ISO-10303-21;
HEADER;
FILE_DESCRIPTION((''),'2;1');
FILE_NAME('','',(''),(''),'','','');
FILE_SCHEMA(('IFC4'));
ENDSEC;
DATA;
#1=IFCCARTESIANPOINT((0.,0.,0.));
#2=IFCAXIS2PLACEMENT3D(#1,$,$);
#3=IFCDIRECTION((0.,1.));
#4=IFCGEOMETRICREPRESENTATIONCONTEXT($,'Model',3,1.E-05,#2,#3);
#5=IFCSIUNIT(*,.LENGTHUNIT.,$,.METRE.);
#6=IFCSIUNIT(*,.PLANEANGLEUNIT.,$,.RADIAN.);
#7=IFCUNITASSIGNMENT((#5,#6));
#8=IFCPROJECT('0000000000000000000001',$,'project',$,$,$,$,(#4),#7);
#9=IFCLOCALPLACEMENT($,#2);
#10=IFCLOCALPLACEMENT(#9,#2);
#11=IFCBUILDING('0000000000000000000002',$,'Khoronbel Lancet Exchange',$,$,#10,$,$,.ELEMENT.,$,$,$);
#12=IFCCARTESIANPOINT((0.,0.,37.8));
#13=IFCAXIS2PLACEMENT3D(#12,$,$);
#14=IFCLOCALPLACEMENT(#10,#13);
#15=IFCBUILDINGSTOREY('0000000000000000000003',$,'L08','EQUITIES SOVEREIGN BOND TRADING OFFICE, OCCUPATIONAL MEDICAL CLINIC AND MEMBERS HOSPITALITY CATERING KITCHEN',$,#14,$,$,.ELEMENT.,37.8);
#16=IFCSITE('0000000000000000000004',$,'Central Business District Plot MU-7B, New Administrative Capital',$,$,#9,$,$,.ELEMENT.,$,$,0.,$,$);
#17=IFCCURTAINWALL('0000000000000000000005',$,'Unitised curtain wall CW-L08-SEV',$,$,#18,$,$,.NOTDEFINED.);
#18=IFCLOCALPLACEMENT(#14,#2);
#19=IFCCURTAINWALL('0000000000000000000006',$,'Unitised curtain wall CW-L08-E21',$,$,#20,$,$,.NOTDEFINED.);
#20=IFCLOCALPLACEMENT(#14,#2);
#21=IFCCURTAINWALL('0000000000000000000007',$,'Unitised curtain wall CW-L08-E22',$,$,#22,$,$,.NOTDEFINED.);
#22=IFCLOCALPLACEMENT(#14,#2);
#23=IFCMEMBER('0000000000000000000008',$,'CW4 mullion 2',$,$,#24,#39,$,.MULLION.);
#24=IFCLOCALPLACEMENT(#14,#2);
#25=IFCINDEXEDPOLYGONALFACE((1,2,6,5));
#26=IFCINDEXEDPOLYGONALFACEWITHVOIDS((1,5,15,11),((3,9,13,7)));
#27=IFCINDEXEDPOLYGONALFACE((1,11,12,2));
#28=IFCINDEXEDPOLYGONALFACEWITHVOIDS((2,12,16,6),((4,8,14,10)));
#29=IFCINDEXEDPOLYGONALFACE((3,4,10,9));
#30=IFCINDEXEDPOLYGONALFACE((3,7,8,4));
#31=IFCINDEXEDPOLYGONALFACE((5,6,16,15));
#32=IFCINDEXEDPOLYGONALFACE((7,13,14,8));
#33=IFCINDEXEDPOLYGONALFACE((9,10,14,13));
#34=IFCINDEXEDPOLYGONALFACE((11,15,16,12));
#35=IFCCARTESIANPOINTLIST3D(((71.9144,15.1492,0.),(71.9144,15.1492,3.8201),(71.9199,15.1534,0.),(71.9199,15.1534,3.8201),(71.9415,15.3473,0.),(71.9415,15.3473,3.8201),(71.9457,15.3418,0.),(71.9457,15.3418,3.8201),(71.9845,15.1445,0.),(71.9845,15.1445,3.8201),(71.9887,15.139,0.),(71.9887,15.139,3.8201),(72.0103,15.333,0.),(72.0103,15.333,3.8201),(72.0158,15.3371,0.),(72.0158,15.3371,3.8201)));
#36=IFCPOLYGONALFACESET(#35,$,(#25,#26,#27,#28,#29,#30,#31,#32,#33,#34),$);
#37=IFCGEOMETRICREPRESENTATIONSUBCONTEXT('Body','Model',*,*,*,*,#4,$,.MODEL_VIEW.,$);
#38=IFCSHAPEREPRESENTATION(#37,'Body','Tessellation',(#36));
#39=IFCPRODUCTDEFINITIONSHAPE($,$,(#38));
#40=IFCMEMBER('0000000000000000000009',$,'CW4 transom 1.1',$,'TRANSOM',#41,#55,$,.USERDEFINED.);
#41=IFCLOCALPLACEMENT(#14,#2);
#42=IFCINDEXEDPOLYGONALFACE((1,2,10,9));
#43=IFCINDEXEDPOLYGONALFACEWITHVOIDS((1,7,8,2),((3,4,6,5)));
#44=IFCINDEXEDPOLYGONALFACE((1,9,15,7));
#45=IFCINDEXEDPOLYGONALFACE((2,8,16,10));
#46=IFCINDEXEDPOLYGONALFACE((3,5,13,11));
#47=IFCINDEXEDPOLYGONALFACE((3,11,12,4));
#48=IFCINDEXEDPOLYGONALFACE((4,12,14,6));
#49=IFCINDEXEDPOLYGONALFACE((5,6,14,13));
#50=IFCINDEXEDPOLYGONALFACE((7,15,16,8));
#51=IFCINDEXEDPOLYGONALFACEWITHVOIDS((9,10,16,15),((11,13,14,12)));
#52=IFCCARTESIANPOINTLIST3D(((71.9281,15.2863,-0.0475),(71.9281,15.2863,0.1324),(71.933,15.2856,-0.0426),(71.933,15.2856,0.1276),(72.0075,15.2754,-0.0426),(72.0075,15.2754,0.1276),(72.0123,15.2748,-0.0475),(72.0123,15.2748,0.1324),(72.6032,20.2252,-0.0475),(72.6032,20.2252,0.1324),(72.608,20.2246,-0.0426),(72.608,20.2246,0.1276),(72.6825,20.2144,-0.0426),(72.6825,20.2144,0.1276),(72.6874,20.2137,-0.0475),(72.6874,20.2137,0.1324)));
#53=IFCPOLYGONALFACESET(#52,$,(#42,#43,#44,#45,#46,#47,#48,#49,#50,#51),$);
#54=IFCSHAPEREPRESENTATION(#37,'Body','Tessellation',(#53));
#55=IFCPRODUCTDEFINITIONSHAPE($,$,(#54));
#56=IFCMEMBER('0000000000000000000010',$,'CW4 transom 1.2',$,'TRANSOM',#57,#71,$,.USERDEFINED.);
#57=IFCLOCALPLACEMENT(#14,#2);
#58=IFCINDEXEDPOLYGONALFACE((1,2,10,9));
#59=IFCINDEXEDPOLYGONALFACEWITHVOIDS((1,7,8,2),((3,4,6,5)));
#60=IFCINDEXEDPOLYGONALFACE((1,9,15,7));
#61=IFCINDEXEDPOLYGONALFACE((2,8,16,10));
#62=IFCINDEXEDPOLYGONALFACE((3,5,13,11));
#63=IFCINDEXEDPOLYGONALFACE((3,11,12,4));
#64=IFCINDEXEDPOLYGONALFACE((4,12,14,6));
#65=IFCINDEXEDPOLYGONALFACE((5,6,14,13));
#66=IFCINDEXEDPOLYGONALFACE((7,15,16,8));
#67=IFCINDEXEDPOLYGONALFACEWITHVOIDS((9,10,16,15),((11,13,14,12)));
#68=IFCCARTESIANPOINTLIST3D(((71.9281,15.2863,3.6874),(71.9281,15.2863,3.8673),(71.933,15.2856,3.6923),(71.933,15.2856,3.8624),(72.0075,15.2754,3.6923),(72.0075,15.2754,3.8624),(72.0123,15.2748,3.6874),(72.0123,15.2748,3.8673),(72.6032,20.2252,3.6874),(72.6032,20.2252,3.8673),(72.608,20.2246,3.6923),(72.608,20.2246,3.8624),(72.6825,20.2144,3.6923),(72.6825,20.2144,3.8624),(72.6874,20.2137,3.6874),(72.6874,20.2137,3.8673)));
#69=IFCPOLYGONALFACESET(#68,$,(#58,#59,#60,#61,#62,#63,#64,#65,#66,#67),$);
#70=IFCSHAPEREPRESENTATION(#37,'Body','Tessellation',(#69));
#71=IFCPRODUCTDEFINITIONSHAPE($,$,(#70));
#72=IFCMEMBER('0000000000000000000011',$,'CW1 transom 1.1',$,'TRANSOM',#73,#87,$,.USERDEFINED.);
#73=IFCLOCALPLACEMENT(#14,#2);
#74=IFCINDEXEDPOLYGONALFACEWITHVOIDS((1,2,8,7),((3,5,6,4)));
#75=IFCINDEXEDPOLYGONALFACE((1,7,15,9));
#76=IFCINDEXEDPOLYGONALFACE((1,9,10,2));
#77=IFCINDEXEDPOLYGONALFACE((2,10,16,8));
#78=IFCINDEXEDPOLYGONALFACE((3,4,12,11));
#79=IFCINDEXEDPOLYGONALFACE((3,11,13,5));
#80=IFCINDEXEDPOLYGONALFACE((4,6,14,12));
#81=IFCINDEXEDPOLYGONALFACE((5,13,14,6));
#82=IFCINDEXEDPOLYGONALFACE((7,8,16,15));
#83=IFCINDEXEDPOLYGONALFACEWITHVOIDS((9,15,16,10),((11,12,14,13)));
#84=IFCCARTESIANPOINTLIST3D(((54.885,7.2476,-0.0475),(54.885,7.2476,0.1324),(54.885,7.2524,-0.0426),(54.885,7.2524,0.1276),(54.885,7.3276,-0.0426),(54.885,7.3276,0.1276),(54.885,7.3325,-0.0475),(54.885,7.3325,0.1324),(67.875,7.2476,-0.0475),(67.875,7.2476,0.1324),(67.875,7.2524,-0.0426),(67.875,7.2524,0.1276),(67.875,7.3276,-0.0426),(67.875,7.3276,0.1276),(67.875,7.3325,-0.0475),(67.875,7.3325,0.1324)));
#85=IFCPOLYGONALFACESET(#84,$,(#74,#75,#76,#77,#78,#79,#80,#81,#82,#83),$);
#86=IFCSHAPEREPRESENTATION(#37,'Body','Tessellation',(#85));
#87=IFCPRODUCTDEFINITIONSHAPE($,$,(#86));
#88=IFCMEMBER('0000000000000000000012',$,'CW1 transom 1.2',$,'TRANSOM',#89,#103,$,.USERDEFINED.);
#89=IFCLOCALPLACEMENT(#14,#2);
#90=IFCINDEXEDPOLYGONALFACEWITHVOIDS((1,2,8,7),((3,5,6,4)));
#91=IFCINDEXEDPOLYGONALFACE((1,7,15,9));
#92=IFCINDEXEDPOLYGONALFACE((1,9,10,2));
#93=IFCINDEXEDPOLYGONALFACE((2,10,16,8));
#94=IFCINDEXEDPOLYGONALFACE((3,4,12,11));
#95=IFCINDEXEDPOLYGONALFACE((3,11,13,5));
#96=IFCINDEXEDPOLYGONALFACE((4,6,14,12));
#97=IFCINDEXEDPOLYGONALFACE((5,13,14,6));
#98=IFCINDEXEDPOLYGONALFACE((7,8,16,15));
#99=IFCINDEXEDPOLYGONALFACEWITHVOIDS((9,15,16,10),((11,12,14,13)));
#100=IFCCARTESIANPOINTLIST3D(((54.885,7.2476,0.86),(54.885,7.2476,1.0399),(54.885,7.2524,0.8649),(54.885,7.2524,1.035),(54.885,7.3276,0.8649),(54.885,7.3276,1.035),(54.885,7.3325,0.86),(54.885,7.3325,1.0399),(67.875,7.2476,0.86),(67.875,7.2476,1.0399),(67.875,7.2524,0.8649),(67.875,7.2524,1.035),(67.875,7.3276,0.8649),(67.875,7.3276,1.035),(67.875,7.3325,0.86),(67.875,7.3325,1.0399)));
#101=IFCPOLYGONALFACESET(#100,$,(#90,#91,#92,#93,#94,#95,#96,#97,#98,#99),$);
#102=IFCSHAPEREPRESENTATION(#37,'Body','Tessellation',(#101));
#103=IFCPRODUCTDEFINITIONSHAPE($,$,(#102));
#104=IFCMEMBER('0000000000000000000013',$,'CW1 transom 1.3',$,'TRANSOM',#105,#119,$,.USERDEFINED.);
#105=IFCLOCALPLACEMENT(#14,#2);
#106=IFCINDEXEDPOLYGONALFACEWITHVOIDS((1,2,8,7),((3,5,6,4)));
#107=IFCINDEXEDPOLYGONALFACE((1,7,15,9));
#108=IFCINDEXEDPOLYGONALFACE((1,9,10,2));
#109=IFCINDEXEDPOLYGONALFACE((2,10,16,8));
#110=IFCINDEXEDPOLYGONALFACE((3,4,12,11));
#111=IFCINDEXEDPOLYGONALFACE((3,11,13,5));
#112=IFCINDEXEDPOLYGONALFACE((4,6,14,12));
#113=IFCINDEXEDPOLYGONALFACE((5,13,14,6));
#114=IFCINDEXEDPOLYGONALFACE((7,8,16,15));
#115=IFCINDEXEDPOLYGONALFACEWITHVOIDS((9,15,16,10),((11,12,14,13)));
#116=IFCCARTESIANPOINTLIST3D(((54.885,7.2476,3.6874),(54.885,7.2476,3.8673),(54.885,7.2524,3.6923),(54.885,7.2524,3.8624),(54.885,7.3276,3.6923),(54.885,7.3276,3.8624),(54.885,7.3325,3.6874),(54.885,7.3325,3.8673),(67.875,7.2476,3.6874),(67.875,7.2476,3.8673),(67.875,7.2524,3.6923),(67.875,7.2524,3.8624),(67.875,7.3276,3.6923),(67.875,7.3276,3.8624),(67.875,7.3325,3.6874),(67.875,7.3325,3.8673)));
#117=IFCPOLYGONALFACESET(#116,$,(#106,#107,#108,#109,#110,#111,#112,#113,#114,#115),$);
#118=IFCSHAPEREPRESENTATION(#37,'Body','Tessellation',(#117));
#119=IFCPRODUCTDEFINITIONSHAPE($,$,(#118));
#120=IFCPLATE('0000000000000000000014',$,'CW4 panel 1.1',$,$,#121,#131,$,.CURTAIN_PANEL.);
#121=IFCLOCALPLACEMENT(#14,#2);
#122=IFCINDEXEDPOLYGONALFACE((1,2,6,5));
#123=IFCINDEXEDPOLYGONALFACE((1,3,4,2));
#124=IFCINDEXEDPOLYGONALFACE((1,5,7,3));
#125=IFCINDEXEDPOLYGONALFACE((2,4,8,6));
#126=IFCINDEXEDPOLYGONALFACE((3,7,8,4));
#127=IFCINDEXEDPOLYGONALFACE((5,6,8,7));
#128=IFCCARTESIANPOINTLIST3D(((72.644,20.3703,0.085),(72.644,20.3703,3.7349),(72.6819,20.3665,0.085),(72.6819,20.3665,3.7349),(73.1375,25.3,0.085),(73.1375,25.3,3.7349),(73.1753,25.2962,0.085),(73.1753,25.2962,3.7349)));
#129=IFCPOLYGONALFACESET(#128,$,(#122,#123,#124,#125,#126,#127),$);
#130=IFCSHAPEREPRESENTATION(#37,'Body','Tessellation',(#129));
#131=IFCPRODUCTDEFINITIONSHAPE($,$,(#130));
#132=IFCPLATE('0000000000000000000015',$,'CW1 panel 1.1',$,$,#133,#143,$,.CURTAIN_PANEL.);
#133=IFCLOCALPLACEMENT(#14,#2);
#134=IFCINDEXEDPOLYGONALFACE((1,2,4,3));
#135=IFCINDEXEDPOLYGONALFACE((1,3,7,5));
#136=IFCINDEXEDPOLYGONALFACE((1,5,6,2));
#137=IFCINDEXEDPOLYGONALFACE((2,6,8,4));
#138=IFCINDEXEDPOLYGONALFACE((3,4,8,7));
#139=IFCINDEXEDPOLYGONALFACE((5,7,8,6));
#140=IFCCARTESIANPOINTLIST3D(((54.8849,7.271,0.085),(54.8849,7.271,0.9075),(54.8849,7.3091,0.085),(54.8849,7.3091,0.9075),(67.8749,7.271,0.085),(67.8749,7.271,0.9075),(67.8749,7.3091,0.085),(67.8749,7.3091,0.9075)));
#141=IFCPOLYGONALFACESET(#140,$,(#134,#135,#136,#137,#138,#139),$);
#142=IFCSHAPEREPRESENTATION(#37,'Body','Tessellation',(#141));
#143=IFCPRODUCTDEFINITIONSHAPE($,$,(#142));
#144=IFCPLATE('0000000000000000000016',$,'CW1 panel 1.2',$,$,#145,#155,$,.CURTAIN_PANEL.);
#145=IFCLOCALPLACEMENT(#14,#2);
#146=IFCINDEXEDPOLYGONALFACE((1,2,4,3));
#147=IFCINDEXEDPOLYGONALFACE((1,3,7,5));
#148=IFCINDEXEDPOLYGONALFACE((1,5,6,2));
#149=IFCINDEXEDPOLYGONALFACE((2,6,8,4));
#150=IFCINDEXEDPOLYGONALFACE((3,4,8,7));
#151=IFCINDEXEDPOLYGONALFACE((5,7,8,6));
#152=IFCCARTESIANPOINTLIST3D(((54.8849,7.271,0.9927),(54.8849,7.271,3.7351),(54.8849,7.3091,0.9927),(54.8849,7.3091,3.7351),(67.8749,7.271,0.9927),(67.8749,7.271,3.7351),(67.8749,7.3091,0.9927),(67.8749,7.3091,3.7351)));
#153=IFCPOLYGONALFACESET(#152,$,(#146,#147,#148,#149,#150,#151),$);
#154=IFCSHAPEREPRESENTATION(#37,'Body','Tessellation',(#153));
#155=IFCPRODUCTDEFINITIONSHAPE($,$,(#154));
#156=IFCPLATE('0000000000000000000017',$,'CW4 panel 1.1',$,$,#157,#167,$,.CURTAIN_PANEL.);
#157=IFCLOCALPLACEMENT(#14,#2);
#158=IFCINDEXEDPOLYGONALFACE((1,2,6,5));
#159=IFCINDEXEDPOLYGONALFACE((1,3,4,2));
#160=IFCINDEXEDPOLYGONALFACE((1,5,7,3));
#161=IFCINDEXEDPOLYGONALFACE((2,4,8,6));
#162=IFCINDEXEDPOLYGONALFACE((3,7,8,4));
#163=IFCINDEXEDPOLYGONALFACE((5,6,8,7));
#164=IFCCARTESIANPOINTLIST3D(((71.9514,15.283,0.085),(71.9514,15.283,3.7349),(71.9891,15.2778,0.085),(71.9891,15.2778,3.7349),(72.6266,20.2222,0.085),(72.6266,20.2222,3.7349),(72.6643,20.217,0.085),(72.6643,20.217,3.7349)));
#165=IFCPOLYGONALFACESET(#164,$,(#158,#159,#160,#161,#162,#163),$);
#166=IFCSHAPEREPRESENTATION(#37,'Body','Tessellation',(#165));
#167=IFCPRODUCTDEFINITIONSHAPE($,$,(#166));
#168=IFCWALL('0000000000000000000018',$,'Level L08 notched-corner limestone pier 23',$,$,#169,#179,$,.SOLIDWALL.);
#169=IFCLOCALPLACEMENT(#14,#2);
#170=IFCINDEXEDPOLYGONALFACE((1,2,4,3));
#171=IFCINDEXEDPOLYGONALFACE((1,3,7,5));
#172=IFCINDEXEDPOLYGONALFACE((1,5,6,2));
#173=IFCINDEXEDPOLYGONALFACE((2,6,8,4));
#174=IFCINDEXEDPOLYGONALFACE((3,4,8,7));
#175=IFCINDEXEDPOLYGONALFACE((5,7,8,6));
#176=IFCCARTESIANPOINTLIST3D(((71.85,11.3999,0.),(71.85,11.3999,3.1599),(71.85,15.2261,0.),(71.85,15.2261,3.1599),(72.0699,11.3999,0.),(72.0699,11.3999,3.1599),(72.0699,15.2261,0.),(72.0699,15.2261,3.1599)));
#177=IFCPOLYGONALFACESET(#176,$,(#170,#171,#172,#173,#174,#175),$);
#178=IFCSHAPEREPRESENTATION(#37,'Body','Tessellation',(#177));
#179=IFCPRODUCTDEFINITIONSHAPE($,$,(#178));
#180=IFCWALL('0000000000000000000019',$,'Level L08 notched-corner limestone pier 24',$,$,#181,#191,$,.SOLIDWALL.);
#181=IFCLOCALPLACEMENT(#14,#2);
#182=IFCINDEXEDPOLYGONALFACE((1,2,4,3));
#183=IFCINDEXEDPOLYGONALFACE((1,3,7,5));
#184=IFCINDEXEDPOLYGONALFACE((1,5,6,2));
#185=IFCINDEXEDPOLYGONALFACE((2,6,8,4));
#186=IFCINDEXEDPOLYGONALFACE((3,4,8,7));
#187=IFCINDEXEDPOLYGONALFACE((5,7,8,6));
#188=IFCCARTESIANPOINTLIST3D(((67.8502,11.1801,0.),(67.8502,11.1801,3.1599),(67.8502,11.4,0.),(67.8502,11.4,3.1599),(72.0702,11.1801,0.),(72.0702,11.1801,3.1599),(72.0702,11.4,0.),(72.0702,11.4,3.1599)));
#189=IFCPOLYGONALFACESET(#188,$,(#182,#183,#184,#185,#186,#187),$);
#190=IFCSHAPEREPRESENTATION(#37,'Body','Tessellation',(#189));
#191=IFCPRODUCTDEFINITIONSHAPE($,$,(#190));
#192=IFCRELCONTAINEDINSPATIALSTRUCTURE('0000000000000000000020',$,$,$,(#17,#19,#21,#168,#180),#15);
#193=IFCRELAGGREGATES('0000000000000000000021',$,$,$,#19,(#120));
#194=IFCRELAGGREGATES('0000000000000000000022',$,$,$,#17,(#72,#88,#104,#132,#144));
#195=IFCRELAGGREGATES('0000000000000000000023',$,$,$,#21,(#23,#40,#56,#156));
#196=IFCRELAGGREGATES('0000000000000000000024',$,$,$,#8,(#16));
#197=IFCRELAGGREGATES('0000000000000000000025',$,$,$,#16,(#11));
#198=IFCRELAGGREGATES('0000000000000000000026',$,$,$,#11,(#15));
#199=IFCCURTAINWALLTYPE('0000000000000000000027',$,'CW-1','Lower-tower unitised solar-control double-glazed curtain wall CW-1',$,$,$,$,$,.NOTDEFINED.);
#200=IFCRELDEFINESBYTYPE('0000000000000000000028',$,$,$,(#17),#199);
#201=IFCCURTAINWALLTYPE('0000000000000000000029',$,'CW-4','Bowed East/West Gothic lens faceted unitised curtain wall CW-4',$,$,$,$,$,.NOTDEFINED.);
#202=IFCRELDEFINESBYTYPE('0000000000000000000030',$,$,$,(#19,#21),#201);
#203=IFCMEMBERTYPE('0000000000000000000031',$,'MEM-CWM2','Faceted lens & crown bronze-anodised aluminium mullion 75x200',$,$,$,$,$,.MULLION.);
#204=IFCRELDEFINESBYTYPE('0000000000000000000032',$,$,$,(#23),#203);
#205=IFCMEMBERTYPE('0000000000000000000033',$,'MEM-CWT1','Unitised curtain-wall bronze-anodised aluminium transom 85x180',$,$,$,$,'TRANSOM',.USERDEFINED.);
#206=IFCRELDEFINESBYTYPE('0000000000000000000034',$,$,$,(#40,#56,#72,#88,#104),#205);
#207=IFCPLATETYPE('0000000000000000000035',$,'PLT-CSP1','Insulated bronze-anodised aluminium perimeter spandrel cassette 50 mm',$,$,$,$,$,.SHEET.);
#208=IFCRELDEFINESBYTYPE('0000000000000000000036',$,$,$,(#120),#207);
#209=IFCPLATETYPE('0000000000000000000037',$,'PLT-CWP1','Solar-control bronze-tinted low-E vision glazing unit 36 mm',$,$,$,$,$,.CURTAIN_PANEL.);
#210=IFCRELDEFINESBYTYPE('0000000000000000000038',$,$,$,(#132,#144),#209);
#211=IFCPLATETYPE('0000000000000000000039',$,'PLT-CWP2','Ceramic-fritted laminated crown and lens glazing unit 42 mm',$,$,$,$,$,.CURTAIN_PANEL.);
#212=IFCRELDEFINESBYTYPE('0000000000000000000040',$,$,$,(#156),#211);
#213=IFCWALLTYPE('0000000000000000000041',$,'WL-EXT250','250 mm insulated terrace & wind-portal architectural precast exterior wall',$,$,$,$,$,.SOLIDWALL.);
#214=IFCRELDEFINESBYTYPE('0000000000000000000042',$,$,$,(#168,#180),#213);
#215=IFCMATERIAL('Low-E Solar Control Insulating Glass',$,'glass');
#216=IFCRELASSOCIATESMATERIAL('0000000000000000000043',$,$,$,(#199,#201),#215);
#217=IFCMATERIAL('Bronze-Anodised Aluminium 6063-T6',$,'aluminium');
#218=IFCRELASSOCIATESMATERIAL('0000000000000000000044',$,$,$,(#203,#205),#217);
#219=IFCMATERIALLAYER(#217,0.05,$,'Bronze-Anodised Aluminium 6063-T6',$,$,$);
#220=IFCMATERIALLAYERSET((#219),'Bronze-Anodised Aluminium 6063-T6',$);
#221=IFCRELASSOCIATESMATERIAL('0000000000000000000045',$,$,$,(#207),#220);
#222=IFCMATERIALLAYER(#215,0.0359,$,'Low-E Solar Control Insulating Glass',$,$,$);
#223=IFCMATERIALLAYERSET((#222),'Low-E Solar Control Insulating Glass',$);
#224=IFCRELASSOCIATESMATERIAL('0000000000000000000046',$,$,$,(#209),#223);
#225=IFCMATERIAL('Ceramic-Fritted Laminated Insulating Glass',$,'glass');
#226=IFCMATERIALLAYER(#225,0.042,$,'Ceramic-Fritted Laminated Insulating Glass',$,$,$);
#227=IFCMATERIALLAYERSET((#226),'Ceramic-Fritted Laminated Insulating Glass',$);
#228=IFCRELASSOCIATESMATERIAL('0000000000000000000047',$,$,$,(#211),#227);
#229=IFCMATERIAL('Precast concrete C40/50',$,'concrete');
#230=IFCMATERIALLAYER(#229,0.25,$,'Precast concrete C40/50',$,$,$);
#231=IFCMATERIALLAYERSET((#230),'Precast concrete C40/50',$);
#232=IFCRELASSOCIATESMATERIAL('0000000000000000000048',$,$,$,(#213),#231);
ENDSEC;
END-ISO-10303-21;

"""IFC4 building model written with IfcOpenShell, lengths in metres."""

from ifc_helpers import new_model, si_unit, direction, frame, frame_2d, origin, origin_2d, place, context, subcontext, project, spatial, rectangle, hollow_rectangle, extrude, material, layer, layer_set, material_profile, profile_set, type_object, element, aggregate, save


model = new_model("IFC4")

# Units and contexts
model_context = context("Model", 3, precision=1e-05, world=origin(), true_north=direction((0.0, 1.0)))
body_context = subcontext(model_context, "Body", "Model", "MODEL_VIEW")
ifc_project = project(units=[si_unit("LENGTHUNIT", "METRE"), si_unit("PLANEANGLEUNIT", "RADIAN")], contexts=[model_context])

# Site, building, storey
site_placement = place(None, origin())
site = spatial("IfcSite", under=ifc_project, at=site_placement, Name="Central Business District Plot MU-7B, New Administrative Capital", CompositionType="ELEMENT", RefElevation=0.0)
building_placement = place(site_placement, origin())
building = spatial("IfcBuilding", under=site, at=building_placement, Name="Khoronbel Lancet Exchange", CompositionType="ELEMENT")
storey_placement = place(building_placement, frame((0.0, 0.0, 37.8)))
storey = spatial("IfcBuildingStorey", under=building, at=storey_placement, Name="L08", Description="EQUITIES SOVEREIGN BOND TRADING OFFICE, OCCUPATIONAL MEDICAL CLINIC AND MEMBERS HOSPITALITY CATERING KITCHEN", CompositionType="ELEMENT", Elevation=37.8)

# Shared definitions
ifc_material_1 = material(Name="Low-E Solar Control Insulating Glass", Category="glass")
curtain_wall_type_1 = type_object("IfcCurtainWallType", Name="CW-1", Description="Lower-tower unitised solar-control double-glazed curtain wall CW-1", PredefinedType="NOTDEFINED", material=ifc_material_1)
ifc_material_2 = material(Name="Bronze-Anodised Aluminium 6063-T6", Category="aluminium")

# Curtain wall
curtain_wall_1_placement = place(storey_placement, origin())
curtain_wall_1 = element("IfcCurtainWall", 1, at=curtain_wall_1_placement, inside=storey, type_object=curtain_wall_type_1, Name="Unitised curtain wall CW-L08-SEV", PredefinedType="NOTDEFINED")

# Curtain wall
curtain_wall_type_2 = type_object("IfcCurtainWallType", Name="CW-4", Description="Bowed East/West Gothic lens faceted unitised curtain wall CW-4", PredefinedType="NOTDEFINED", material=ifc_material_1)
curtain_wall_2_placement = place(storey_placement, origin())
curtain_wall_2 = element("IfcCurtainWall", 2, at=curtain_wall_2_placement, inside=storey, type_object=curtain_wall_type_2, Name="Unitised curtain wall CW-L08-E21", PredefinedType="NOTDEFINED")
ifc_material_profile_1 = material_profile(ifc_material_2, hollow_rectangle(XDim=0.075, YDim=0.2, WallThickness=0.0049, at=origin_2d()), Name="ALU MULLION 75x200")
ifc_profile_set_1 = profile_set([ifc_material_profile_1], Name="Bronze-Anodised Aluminium 6063-T6")
member_type_1 = type_object("IfcMemberType", Name="MEM-CWM2", Description="Faceted lens & crown bronze-anodised aluminium mullion 75x200", PredefinedType="MULLION", material=ifc_profile_set_1)

# Curtain wall, members
curtain_wall_3_placement = place(storey_placement, origin())
curtain_wall_3 = element("IfcCurtainWall", 3, at=curtain_wall_3_placement, inside=storey, type_object=curtain_wall_type_2, Name="Unitised curtain wall CW-L08-E22", PredefinedType="NOTDEFINED")
member_1_placement = place(storey_placement, frame((71.9651, 15.2432, 0.0), z_axis=(0.0, 0.0, 1.0), x_axis=(0.990786, -0.13544, 0.0)))
member_1 = element("IfcMember", 4, at=member_1_placement, type_object=member_type_1, Name="CW4 mullion 2", PredefinedType="MULLION", context=body_context, shape_type="SweptSolid", body=[
    extrude(hollow_rectangle(XDim=0.075, YDim=0.2, WallThickness=0.0049, at=origin_2d()), origin(), (0.0, 0.0, 1.0), 3.8201),
])
ifc_material_profile_2 = material_profile(ifc_material_2, hollow_rectangle(XDim=0.085, YDim=0.1799, WallThickness=0.0049, at=origin_2d()), Name="ALU TRANSOM 85x180")
ifc_profile_set_2 = profile_set([ifc_material_profile_2], Name="Bronze-Anodised Aluminium 6063-T6")
member_type_2 = type_object("IfcMemberType", Name="MEM-CWT1", Description="Unitised curtain-wall bronze-anodised aluminium transom 85x180", ElementType="TRANSOM", PredefinedType="USERDEFINED", material=ifc_profile_set_2)
member_2_placement = place(storey_placement, frame((72.6453, 20.2195, 0.0425), z_axis=(-0.135419, -0.990788, 0.0), x_axis=(0.990788, -0.135419, 0.0)))
member_2 = element("IfcMember", 5, at=member_2_placement, type_object=member_type_2, Name="CW4 transom 1.1", ObjectType="TRANSOM", PredefinedType="USERDEFINED", context=body_context, shape_type="SweptSolid", body=[
    extrude(hollow_rectangle(XDim=0.085, YDim=0.1799, WallThickness=0.0049, at=origin_2d()), origin(), (0.0, 0.0, 1.0), 4.9849),
])
member_3_placement = place(storey_placement, frame((72.6453, 20.2195, 3.7773), z_axis=(-0.135419, -0.990788, 0.0), x_axis=(0.990788, -0.135419, 0.0)))
member_3 = element("IfcMember", 6, at=member_3_placement, type_object=member_type_2, Name="CW4 transom 1.2", ObjectType="TRANSOM", PredefinedType="USERDEFINED", context=body_context, shape_type="SweptSolid", body=[
    extrude(hollow_rectangle(XDim=0.085, YDim=0.1799, WallThickness=0.0049, at=origin_2d()), origin(), (0.0, 0.0, 1.0), 4.9849),
])

# Members
member_4_placement = place(storey_placement, frame((54.885, 7.29, 0.0425), z_axis=(1.0, 0.0, 0.0), x_axis=(0.0, 1.0, 0.0)))
member_4 = element("IfcMember", 7, at=member_4_placement, type_object=member_type_2, Name="CW1 transom 1.1", ObjectType="TRANSOM", PredefinedType="USERDEFINED", context=body_context, shape_type="SweptSolid", body=[
    extrude(hollow_rectangle(XDim=0.085, YDim=0.1799, WallThickness=0.0049, at=origin_2d()), origin(), (0.0, 0.0, 1.0), 12.99),
])
member_5_placement = place(storey_placement, frame((54.885, 7.29, 0.95), z_axis=(1.0, 0.0, 0.0), x_axis=(0.0, 1.0, 0.0)))
member_5 = element("IfcMember", 8, at=member_5_placement, type_object=member_type_2, Name="CW1 transom 1.2", ObjectType="TRANSOM", PredefinedType="USERDEFINED", context=body_context, shape_type="SweptSolid", body=[
    extrude(hollow_rectangle(XDim=0.085, YDim=0.1799, WallThickness=0.0049, at=origin_2d()), origin(), (0.0, 0.0, 1.0), 12.99),
])
member_6_placement = place(storey_placement, frame((54.885, 7.29, 3.7773), z_axis=(1.0, 0.0, 0.0), x_axis=(0.0, 1.0, 0.0)))
member_6 = element("IfcMember", 9, at=member_6_placement, type_object=member_type_2, Name="CW1 transom 1.3", ObjectType="TRANSOM", PredefinedType="USERDEFINED", context=body_context, shape_type="SweptSolid", body=[
    extrude(hollow_rectangle(XDim=0.085, YDim=0.1799, WallThickness=0.0049, at=origin_2d()), origin(), (0.0, 0.0, 1.0), 12.99),
])

# Plates
ifc_layer_1 = layer(ifc_material_2, 0.05, Name="Bronze-Anodised Aluminium 6063-T6")
ifc_layer_set_1 = layer_set([ifc_layer_1], Name="Bronze-Anodised Aluminium 6063-T6")
plate_type_1 = type_object("IfcPlateType", Name="PLT-CSP1", Description="Insulated bronze-anodised aluminium perimeter spandrel cassette 50 mm", PredefinedType="SHEET", material=ifc_layer_set_1)
plate_1_placement = place(storey_placement, frame((72.9097, 22.8333, 0.085), z_axis=(0.0, 0.0, 1.0), x_axis=(-0.099603, -0.995027, 0.0)))
plate_1 = element("IfcPlate", 10, at=plate_1_placement, type_object=plate_type_1, Name="CW4 panel 1.1", PredefinedType="CURTAIN_PANEL", context=body_context, shape_type="SweptSolid", body=[
    extrude(rectangle(XDim=4.9543, YDim=0.0381, at=origin_2d()), origin(), (0.0, 0.0, 1.0), 3.6499),
])
aggregate(curtain_wall_2, [plate_1])
ifc_layer_2 = layer(ifc_material_1, 0.0359, Name="Low-E Solar Control Insulating Glass")
ifc_layer_set_2 = layer_set([ifc_layer_2], Name="Low-E Solar Control Insulating Glass")
plate_type_2 = type_object("IfcPlateType", Name="PLT-CWP1", Description="Solar-control bronze-tinted low-E vision glazing unit 36 mm", PredefinedType="CURTAIN_PANEL", material=ifc_layer_set_2)
plate_2_placement = place(storey_placement, frame((61.3799, 7.29, 0.085), z_axis=(0.0, 0.0, 1.0), x_axis=(1.0, 0.0, 0.0)))
plate_2 = element("IfcPlate", 11, at=plate_2_placement, type_object=plate_type_2, Name="CW1 panel 1.1", PredefinedType="CURTAIN_PANEL", context=body_context, shape_type="SweptSolid", body=[
    extrude(rectangle(XDim=12.99, YDim=0.0381, at=origin_2d()), origin(), (0.0, 0.0, 1.0), 0.8225),
])
plate_3_placement = place(storey_placement, frame((61.3799, 7.29, 0.9927), z_axis=(0.0, 0.0, 1.0), x_axis=(1.0, 0.0, 0.0)))
plate_3 = element("IfcPlate", 12, at=plate_3_placement, type_object=plate_type_2, Name="CW1 panel 1.2", PredefinedType="CURTAIN_PANEL", context=body_context, shape_type="SweptSolid", body=[
    extrude(rectangle(XDim=12.99, YDim=0.0381, at=origin_2d()), origin(), (0.0, 0.0, 1.0), 2.7424),
])
aggregate(curtain_wall_1, [member_4, member_5, member_6, plate_2, plate_3])
ifc_material_3 = material(Name="Ceramic-Fritted Laminated Insulating Glass", Category="glass")
ifc_layer_3 = layer(ifc_material_3, 0.042, Name="Ceramic-Fritted Laminated Insulating Glass")
ifc_layer_set_3 = layer_set([ifc_layer_3], Name="Ceramic-Fritted Laminated Insulating Glass")
plate_type_3 = type_object("IfcPlateType", Name="PLT-CWP2", Description="Ceramic-fritted laminated crown and lens glazing unit 42 mm", PredefinedType="CURTAIN_PANEL", material=ifc_layer_set_3)
plate_4_placement = place(storey_placement, frame((72.3079, 17.75, 0.085), z_axis=(0.0, 0.0, 1.0), x_axis=(-0.13544, -0.990786, 0.0)))
plate_4 = element("IfcPlate", 13, at=plate_4_placement, type_object=plate_type_3, Name="CW4 panel 1.1", PredefinedType="CURTAIN_PANEL", context=body_context, shape_type="SweptSolid", body=[
    extrude(rectangle(XDim=4.9851, YDim=0.0381, at=origin_2d()), origin(), (0.0, 0.0, 1.0), 3.6499),
])
aggregate(curtain_wall_3, [member_1, member_2, member_3, plate_4])

# Walls
ifc_material_4 = material(Name="Precast concrete C40/50", Category="concrete")
ifc_layer_4 = layer(ifc_material_4, 0.25, Name="Precast concrete C40/50")
ifc_layer_set_4 = layer_set([ifc_layer_4], Name="Precast concrete C40/50")
wall_type_1 = type_object("IfcWallType", Name="WL-EXT250", Description="250 mm insulated terrace & wind-portal architectural precast exterior wall", PredefinedType="SOLIDWALL", material=ifc_layer_set_4)
wall_1_placement = place(storey_placement, frame((71.96, 15.2261, 0.0), z_axis=(0.0, 0.0, 1.0), x_axis=(0.0, -1.0, 0.0)))
element("IfcWall", 14, at=wall_1_placement, inside=storey, type_object=wall_type_1, Name="Level L08 notched-corner limestone pier 23", PredefinedType="SOLIDWALL", context=body_context, shape_type="SweptSolid", body=[
    extrude(rectangle(XDim=3.8262, YDim=0.22, at=frame_2d((1.9131, 0.0))), origin(), (0.0, 0.0, 1.0), 3.1599),
])
wall_2_placement = place(storey_placement, frame((72.0701, 11.29, 0.0), z_axis=(0.0, 0.0, 1.0), x_axis=(-1.0, 0.0, 0.0)))
element("IfcWall", 15, at=wall_2_placement, inside=storey, type_object=wall_type_1, Name="Level L08 notched-corner limestone pier 24", PredefinedType="SOLIDWALL", context=body_context, shape_type="SweptSolid", body=[
    extrude(rectangle(XDim=4.22, YDim=0.22, at=frame_2d((2.1099, 0.0))), origin(), (0.0, 0.0, 1.0), 3.1599),
])

save(model, "model.ifc")
